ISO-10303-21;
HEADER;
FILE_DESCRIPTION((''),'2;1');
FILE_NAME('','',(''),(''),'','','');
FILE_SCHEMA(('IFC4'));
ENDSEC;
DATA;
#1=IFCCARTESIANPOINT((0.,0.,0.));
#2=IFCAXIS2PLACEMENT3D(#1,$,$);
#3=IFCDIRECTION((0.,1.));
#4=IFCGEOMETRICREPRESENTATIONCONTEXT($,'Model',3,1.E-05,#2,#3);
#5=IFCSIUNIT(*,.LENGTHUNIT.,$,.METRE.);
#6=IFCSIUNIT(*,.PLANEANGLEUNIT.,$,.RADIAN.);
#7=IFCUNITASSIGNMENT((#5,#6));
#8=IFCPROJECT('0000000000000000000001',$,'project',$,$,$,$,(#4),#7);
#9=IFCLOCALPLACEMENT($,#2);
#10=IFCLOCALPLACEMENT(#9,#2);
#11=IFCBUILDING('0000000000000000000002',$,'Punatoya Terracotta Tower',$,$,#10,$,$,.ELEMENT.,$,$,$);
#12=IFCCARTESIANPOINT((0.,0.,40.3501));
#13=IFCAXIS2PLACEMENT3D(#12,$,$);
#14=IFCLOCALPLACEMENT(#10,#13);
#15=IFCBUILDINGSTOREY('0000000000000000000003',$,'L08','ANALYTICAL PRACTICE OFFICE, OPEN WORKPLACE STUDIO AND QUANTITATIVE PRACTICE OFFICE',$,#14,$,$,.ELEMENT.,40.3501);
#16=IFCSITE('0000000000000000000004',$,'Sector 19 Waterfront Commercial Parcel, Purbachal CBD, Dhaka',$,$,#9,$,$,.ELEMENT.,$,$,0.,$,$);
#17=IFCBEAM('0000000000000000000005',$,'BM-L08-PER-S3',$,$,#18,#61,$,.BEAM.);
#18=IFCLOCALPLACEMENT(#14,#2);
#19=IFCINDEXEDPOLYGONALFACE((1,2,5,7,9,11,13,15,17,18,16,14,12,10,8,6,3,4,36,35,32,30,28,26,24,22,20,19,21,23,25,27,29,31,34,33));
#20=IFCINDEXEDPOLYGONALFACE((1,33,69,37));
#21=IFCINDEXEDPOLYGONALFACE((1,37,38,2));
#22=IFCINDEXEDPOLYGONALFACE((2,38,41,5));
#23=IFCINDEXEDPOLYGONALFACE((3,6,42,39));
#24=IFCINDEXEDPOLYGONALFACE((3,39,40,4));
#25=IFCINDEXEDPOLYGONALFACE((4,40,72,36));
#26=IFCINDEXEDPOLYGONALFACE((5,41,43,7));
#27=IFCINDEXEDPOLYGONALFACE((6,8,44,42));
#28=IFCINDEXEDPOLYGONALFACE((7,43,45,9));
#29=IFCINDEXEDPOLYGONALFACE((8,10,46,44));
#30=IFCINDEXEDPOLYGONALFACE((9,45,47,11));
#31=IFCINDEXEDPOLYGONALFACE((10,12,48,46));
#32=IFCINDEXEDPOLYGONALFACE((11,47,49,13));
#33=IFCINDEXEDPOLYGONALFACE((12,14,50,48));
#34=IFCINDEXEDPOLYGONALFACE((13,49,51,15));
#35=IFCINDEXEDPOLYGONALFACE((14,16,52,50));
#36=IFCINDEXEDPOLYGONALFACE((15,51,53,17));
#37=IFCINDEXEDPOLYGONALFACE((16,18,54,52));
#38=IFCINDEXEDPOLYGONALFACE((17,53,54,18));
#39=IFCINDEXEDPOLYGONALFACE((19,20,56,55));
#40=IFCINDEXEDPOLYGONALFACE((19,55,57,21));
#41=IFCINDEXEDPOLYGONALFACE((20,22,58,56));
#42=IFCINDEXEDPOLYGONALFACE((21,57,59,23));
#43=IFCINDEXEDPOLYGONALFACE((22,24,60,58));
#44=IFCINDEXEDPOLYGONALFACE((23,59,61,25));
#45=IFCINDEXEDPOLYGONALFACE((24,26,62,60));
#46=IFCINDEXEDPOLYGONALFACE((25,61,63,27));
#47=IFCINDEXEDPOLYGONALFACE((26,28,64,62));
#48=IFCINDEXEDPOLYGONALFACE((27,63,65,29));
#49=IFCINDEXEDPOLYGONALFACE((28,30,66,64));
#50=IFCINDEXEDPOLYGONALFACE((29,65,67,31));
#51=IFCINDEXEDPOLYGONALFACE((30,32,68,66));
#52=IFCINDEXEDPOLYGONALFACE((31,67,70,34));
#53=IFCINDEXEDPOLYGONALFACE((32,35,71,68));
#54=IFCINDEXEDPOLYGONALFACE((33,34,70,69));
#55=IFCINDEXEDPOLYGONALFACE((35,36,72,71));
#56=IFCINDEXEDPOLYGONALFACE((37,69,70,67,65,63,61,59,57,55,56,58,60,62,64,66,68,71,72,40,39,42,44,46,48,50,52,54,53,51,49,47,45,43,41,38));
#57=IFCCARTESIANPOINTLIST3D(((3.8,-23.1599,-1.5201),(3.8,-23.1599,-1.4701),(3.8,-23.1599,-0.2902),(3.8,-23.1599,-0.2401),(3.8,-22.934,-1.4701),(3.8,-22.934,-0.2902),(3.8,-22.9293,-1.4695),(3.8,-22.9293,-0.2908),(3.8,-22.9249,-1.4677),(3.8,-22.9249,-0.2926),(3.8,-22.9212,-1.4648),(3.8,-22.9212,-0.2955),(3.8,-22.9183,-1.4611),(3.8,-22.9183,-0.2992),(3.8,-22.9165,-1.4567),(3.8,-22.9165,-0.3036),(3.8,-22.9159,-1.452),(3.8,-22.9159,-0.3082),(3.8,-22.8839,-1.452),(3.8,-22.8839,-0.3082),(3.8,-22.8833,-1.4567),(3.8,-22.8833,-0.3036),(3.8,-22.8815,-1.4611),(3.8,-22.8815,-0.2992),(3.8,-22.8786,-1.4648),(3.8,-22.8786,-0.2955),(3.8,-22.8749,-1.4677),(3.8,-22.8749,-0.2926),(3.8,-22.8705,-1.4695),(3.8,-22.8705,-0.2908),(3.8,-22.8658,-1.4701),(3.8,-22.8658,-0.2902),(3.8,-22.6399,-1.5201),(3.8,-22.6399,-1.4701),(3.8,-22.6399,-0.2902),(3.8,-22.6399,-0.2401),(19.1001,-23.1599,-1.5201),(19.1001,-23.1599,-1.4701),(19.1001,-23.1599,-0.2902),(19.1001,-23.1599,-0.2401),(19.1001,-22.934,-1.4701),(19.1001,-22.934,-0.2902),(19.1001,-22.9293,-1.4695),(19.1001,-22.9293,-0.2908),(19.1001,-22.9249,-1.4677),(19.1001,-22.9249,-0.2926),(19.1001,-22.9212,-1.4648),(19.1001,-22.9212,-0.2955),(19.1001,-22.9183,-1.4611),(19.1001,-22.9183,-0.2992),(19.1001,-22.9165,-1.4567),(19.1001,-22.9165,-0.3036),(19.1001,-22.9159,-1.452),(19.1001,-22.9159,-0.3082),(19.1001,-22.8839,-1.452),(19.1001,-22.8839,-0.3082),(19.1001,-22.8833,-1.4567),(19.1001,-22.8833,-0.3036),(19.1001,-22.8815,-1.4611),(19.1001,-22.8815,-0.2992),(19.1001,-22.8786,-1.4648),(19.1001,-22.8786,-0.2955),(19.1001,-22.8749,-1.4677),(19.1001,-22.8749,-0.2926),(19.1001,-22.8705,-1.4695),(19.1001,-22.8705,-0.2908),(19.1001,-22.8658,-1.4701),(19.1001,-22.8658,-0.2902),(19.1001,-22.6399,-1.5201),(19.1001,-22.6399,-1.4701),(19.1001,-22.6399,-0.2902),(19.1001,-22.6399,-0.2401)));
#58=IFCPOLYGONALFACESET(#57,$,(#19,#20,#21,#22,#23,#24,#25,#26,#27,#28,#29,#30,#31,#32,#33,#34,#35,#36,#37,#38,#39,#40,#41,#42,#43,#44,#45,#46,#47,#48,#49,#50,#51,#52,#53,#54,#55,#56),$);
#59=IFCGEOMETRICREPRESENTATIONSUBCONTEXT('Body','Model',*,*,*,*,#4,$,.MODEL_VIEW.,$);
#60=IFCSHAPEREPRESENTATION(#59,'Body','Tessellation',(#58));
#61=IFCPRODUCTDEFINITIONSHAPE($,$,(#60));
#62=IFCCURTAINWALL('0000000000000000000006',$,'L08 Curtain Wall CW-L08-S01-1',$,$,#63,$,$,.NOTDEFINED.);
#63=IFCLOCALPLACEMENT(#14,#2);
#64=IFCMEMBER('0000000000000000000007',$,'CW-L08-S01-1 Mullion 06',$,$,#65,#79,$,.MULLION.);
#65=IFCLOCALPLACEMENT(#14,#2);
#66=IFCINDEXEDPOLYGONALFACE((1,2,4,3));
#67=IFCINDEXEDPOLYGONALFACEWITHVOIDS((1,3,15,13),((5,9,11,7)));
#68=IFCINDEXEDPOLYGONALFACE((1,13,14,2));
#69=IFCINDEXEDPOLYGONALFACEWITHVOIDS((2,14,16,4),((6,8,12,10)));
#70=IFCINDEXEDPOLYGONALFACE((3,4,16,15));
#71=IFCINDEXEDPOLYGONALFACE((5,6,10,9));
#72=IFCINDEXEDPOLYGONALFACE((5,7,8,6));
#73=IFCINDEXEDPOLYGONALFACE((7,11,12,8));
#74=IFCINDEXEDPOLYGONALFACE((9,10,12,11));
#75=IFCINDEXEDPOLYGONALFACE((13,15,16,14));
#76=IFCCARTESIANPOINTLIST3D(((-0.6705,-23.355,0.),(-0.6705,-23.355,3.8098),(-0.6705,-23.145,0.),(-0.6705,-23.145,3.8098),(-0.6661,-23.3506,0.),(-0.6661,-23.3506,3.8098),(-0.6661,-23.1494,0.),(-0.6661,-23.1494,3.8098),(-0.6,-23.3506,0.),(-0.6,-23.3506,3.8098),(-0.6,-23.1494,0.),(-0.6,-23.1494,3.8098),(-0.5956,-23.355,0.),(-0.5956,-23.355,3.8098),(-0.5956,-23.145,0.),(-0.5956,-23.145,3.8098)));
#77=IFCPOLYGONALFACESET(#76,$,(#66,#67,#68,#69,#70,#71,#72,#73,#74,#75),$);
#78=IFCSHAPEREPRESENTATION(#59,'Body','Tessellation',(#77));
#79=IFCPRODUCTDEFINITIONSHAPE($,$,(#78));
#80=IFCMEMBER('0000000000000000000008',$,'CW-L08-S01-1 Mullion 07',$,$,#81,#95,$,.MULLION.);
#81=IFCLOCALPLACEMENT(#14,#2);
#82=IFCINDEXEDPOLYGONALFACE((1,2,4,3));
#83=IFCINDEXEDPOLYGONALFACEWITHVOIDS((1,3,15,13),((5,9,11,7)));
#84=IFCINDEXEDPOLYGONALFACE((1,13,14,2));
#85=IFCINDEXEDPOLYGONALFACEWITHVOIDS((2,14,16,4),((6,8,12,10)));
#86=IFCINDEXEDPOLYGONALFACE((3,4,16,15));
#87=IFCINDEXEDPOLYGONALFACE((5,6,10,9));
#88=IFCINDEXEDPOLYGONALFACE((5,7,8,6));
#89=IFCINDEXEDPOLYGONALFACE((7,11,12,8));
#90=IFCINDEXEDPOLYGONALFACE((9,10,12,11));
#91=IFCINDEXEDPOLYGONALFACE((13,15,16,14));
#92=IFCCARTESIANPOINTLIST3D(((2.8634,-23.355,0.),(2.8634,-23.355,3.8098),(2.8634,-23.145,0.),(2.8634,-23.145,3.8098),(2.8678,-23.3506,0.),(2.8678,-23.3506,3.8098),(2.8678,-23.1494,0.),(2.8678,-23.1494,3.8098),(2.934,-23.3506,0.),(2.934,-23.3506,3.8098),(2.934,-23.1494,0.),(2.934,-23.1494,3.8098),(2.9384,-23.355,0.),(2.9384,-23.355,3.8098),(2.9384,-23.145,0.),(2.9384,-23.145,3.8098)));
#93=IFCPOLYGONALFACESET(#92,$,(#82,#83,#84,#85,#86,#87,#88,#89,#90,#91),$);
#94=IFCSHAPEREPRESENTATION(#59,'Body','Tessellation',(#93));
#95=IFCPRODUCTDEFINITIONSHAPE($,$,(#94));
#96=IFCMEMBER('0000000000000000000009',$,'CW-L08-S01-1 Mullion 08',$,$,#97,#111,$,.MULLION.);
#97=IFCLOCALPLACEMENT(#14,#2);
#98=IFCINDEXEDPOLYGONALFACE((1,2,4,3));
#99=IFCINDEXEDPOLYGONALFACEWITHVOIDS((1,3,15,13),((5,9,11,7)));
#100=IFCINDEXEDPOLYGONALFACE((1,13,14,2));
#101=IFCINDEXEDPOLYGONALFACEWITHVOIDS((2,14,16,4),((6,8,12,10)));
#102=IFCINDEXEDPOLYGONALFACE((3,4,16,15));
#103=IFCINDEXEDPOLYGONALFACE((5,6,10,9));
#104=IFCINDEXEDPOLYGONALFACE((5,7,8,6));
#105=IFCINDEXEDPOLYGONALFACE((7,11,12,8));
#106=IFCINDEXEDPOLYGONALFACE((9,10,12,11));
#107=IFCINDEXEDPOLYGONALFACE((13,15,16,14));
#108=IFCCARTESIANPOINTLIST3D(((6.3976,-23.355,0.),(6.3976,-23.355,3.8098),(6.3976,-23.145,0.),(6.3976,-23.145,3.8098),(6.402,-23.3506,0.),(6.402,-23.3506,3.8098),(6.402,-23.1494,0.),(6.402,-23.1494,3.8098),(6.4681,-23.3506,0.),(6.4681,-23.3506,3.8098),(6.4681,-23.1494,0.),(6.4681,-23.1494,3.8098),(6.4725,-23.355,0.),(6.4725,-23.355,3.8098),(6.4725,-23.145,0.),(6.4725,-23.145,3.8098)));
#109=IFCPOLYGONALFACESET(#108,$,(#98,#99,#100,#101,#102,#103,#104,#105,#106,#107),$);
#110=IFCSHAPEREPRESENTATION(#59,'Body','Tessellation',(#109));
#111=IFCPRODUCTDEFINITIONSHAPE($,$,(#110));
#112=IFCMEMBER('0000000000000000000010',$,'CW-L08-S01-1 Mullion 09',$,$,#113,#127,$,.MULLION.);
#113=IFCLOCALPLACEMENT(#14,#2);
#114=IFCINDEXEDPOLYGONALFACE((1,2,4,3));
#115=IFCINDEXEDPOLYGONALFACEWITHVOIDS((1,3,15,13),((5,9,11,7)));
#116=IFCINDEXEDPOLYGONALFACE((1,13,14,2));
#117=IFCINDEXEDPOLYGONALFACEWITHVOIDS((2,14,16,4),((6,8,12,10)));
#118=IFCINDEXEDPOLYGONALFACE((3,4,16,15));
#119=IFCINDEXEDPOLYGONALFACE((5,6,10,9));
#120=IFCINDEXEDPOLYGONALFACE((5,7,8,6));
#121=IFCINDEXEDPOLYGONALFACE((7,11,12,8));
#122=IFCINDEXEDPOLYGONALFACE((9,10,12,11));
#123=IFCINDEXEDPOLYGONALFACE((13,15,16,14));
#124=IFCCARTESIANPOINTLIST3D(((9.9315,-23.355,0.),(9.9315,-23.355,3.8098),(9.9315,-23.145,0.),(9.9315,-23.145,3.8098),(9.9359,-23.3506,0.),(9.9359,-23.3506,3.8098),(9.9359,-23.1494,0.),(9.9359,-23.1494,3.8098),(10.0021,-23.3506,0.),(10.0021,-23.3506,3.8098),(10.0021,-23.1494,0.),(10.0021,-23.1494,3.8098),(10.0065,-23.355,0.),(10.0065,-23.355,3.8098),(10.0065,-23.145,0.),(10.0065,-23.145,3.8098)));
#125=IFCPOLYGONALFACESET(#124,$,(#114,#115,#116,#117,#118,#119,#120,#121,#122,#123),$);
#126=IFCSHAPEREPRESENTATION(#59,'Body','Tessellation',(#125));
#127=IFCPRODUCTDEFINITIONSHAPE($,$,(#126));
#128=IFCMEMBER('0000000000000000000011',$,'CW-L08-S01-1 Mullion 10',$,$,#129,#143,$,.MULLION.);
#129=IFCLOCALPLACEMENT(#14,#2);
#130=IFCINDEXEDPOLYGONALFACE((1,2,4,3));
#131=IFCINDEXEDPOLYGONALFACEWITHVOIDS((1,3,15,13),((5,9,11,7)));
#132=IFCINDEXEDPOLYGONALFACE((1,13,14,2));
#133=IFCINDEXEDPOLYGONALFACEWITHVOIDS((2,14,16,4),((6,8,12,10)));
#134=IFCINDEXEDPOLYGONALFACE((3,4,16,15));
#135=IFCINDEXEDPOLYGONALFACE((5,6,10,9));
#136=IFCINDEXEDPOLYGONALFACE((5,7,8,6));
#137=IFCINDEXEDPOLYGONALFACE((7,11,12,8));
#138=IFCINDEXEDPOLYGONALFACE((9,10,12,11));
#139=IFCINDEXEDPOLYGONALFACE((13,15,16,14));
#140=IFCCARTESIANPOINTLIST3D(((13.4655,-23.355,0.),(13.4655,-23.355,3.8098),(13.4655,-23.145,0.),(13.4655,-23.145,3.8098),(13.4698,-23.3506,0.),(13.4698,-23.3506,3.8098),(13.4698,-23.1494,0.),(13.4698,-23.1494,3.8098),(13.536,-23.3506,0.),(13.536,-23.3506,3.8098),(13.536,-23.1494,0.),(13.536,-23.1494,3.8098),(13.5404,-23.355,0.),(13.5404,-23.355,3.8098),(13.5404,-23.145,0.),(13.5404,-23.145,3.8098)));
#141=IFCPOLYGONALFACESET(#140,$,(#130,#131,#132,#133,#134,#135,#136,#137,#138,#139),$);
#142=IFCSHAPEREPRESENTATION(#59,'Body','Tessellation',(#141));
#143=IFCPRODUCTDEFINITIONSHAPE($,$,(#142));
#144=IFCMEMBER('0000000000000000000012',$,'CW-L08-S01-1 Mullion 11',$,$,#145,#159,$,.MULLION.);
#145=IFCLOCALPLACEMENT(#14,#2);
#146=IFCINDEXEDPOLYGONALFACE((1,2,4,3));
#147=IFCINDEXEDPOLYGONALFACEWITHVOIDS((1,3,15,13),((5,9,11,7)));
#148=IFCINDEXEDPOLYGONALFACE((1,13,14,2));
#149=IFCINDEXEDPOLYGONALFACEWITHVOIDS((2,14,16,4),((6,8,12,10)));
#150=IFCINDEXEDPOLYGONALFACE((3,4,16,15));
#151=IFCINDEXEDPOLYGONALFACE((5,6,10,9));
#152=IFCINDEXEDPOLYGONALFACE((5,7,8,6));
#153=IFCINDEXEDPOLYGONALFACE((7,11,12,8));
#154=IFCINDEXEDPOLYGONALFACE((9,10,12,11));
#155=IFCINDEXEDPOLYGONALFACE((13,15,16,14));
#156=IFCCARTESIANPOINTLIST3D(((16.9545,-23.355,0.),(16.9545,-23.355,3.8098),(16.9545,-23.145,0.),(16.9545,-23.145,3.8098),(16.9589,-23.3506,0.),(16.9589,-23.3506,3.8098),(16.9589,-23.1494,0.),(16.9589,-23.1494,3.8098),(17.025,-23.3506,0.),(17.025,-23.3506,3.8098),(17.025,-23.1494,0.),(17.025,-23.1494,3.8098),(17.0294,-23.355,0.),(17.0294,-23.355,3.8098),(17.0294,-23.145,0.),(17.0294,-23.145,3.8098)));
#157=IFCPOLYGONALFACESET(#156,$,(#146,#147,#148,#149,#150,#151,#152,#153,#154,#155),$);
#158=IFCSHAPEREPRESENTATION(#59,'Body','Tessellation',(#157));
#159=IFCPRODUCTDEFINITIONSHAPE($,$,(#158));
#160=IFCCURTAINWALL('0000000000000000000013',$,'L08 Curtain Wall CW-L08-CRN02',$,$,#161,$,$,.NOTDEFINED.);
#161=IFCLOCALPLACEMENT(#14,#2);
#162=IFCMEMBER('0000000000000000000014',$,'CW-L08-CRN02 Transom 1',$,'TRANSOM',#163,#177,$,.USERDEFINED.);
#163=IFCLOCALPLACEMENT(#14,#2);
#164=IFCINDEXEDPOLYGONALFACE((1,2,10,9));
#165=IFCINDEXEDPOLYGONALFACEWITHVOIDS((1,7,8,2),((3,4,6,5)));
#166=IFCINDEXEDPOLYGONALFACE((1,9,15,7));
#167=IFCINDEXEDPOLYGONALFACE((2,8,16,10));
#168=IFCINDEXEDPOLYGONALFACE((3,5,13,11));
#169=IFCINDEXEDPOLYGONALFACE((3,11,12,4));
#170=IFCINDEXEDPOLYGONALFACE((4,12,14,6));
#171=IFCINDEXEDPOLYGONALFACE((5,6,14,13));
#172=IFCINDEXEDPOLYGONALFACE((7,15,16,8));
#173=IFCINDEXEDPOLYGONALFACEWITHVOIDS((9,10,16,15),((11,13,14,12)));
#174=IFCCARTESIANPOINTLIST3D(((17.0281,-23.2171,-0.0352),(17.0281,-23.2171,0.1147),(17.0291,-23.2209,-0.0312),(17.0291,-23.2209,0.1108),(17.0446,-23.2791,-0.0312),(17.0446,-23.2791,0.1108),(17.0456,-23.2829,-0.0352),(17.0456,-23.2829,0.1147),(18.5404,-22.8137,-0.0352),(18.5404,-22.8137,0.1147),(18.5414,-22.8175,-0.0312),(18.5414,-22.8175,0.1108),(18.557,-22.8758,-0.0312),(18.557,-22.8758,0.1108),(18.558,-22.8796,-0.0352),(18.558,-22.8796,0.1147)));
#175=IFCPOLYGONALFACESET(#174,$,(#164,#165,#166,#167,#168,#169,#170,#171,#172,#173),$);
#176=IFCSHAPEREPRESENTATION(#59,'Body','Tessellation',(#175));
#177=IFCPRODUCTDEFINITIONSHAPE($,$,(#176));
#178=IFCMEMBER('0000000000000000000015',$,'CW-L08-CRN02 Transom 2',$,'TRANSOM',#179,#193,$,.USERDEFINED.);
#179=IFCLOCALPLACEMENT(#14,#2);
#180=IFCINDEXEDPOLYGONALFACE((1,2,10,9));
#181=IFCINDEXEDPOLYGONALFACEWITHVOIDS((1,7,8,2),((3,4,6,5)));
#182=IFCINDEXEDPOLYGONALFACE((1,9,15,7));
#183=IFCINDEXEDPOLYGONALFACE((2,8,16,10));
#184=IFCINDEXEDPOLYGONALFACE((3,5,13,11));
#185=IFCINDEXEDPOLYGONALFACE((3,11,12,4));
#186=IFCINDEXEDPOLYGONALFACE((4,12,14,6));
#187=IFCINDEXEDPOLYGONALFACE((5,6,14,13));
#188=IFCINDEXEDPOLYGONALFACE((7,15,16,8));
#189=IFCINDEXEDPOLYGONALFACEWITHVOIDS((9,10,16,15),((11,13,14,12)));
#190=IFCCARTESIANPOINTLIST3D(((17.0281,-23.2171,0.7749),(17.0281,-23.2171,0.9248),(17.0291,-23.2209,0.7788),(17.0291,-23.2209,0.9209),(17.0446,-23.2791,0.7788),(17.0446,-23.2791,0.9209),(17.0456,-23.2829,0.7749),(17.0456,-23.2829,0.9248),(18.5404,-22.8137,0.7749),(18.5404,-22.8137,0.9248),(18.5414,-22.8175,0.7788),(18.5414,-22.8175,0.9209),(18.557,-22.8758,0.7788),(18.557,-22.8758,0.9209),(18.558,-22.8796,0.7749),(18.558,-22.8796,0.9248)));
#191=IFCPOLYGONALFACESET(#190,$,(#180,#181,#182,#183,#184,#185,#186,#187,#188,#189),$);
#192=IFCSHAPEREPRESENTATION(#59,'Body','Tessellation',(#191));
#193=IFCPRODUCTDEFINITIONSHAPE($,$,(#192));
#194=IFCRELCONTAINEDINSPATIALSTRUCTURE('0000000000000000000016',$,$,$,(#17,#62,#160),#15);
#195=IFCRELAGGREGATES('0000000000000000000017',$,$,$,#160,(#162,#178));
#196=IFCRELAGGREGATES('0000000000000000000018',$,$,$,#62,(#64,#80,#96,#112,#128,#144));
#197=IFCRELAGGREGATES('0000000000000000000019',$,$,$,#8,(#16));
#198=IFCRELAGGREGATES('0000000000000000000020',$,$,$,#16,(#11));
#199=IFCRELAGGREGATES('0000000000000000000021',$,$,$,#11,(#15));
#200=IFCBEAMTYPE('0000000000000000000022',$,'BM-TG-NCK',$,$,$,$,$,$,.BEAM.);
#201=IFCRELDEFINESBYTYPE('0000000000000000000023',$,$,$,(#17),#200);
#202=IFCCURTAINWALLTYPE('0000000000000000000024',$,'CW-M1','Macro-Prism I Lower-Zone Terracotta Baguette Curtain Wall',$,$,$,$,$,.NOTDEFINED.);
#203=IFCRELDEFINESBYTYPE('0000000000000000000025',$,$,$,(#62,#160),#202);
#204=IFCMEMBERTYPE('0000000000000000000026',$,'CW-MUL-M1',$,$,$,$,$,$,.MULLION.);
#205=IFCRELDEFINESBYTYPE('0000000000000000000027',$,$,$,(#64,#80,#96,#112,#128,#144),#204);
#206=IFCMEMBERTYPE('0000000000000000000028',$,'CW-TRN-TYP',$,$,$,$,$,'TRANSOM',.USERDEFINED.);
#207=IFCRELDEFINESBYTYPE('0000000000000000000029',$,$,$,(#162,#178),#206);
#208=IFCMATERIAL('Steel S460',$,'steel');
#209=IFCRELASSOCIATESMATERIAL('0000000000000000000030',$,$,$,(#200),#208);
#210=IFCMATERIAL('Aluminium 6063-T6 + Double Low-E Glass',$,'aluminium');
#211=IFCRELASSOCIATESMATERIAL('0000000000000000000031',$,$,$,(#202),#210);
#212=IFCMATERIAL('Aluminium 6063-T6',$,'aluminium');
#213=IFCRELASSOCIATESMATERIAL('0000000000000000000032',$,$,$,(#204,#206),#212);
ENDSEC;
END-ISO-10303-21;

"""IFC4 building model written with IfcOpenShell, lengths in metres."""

from ifc_helpers import new_model, si_unit, direction, frame, origin, origin_2d, place, context, subcontext, project, spatial, hollow_rectangle, i_section, extrude, material, material_profile, profile_set, type_object, element, aggregate, save


model = new_model("IFC4")

# Units and contexts
model_context = context("Model", 3, precision=1e-05, world=origin(), true_north=direction((0.0, 1.0)))
body_context = subcontext(model_context, "Body", "Model", "MODEL_VIEW")
ifc_project = project(units=[si_unit("LENGTHUNIT", "METRE"), si_unit("PLANEANGLEUNIT", "RADIAN")], contexts=[model_context])

# Site, building, storey
site_placement = place(None, origin())
site = spatial("IfcSite", under=ifc_project, at=site_placement, Name="Sector 19 Waterfront Commercial Parcel, Purbachal CBD, Dhaka", CompositionType="ELEMENT", RefElevation=0.0)
building_placement = place(site_placement, origin())
building = spatial("IfcBuilding", under=site, at=building_placement, Name="Punatoya Terracotta Tower", CompositionType="ELEMENT")
storey_placement = place(building_placement, frame((0.0, 0.0, 40.3501)))
storey = spatial("IfcBuildingStorey", under=building, at=storey_placement, Name="L08", Description="ANALYTICAL PRACTICE OFFICE, OPEN WORKPLACE STUDIO AND QUANTITATIVE PRACTICE OFFICE", CompositionType="ELEMENT", Elevation=40.3501)

# Shared definitions
ifc_material_1 = material(Name="Steel S460", Category="steel")

# Beam
ifc_material_profile_1 = material_profile(ifc_material_1, i_section(OverallWidth=0.52, OverallDepth=1.28, WebThickness=0.032, FlangeThickness=0.05, FilletRadius=0.0181, at=origin_2d()))
ifc_profile_set_1 = profile_set([ifc_material_profile_1], Name="Steel S460")
beam_type_1 = type_object("IfcBeamType", Name="BM-TG-NCK", PredefinedType="BEAM", material=ifc_profile_set_1)
beam_1_placement = place(storey_placement, frame((3.8, -22.8999, -0.8801), z_axis=(1.0, 0.0, 0.0), x_axis=(0.0, 1.0, 0.0)))
element("IfcBeam", 1, at=beam_1_placement, inside=storey, type_object=beam_type_1, Name="BM-L08-PER-S3", PredefinedType="BEAM", context=body_context, shape_type="SweptSolid", body=[
    extrude(i_section(OverallWidth=0.52, OverallDepth=1.28, WebThickness=0.032, FlangeThickness=0.05, FilletRadius=0.0181, at=origin_2d()), origin(), (0.0, 0.0, 1.0), 15.3),
])

# Curtain walls, members
ifc_material_2 = material(Name="Aluminium 6063-T6 + Double Low-E Glass", Category="aluminium")
curtain_wall_type = type_object("IfcCurtainWallType", Name="CW-M1", Description="Macro-Prism I Lower-Zone Terracotta Baguette Curtain Wall", PredefinedType="NOTDEFINED", material=ifc_material_2)
curtain_wall_1_placement = place(storey_placement, origin())
curtain_wall_1 = element("IfcCurtainWall", 2, at=curtain_wall_1_placement, inside=storey, type_object=curtain_wall_type, Name="L08 Curtain Wall CW-L08-S01-1", PredefinedType="NOTDEFINED")
ifc_material_3 = material(Name="Aluminium 6063-T6", Category="aluminium")
ifc_material_profile_2 = material_profile(ifc_material_3, hollow_rectangle(XDim=0.075, YDim=0.21, WallThickness=0.0044, at=origin_2d()))
ifc_profile_set_2 = profile_set([ifc_material_profile_2], Name="Aluminium 6063-T6")
member_type_1 = type_object("IfcMemberType", Name="CW-MUL-M1", PredefinedType="MULLION", material=ifc_profile_set_2)
member_1_placement = place(storey_placement, frame((-0.6331, -23.25, 0.0), z_axis=(0.0, 0.0, 1.0), x_axis=(1.0, 0.0, 0.0)))
member_1 = element("IfcMember", 3, at=member_1_placement, type_object=member_type_1, Name="CW-L08-S01-1 Mullion 06", PredefinedType="MULLION", context=body_context, shape_type="SweptSolid", body=[
    extrude(hollow_rectangle(XDim=0.075, YDim=0.21, WallThickness=0.0044, at=origin_2d()), origin(), (0.0, 0.0, 1.0), 3.8098),
])
member_2_placement = place(storey_placement, frame((2.9009, -23.25, 0.0), z_axis=(0.0, 0.0, 1.0), x_axis=(1.0, 0.0, 0.0)))
member_2 = element("IfcMember", 4, at=member_2_placement, type_object=member_type_1, Name="CW-L08-S01-1 Mullion 07", PredefinedType="MULLION", context=body_context, shape_type="SweptSolid", body=[
    extrude(hollow_rectangle(XDim=0.075, YDim=0.21, WallThickness=0.0044, at=origin_2d()), origin(), (0.0, 0.0, 1.0), 3.8098),
])
member_3_placement = place(storey_placement, frame((6.4351, -23.25, 0.0), z_axis=(0.0, 0.0, 1.0), x_axis=(1.0, 0.0, 0.0)))
member_3 = element("IfcMember", 5, at=member_3_placement, type_object=member_type_1, Name="CW-L08-S01-1 Mullion 08", PredefinedType="MULLION", context=body_context, shape_type="SweptSolid", body=[
    extrude(hollow_rectangle(XDim=0.075, YDim=0.21, WallThickness=0.0044, at=origin_2d()), origin(), (0.0, 0.0, 1.0), 3.8098),
])
member_4_placement = place(storey_placement, frame((9.969, -23.25, 0.0), z_axis=(0.0, 0.0, 1.0), x_axis=(1.0, 0.0, 0.0)))
member_4 = element("IfcMember", 6, at=member_4_placement, type_object=member_type_1, Name="CW-L08-S01-1 Mullion 09", PredefinedType="MULLION", context=body_context, shape_type="SweptSolid", body=[
    extrude(hollow_rectangle(XDim=0.075, YDim=0.21, WallThickness=0.0044, at=origin_2d()), origin(), (0.0, 0.0, 1.0), 3.8098),
])
member_5_placement = place(storey_placement, frame((13.5029, -23.25, 0.0), z_axis=(0.0, 0.0, 1.0), x_axis=(1.0, 0.0, 0.0)))
member_5 = element("IfcMember", 7, at=member_5_placement, type_object=member_type_1, Name="CW-L08-S01-1 Mullion 10", PredefinedType="MULLION", context=body_context, shape_type="SweptSolid", body=[
    extrude(hollow_rectangle(XDim=0.075, YDim=0.21, WallThickness=0.0044, at=origin_2d()), origin(), (0.0, 0.0, 1.0), 3.8098),
])
member_6_placement = place(storey_placement, frame((16.9919, -23.25, 0.0), z_axis=(0.0, 0.0, 1.0), x_axis=(1.0, 0.0, 0.0)))
member_6 = element("IfcMember", 8, at=member_6_placement, type_object=member_type_1, Name="CW-L08-S01-1 Mullion 11", PredefinedType="MULLION", context=body_context, shape_type="SweptSolid", body=[
    extrude(hollow_rectangle(XDim=0.075, YDim=0.21, WallThickness=0.0044, at=origin_2d()), origin(), (0.0, 0.0, 1.0), 3.8098),
])
curtain_wall_2_placement = place(storey_placement, origin())
curtain_wall_2 = element("IfcCurtainWall", 9, at=curtain_wall_2_placement, inside=storey, type_object=curtain_wall_type, Name="L08 Curtain Wall CW-L08-CRN02", PredefinedType="NOTDEFINED")
ifc_material_profile_3 = material_profile(ifc_material_3, hollow_rectangle(XDim=0.0681, YDim=0.1499, WallThickness=0.0039, at=origin_2d()))
ifc_profile_set_3 = profile_set([ifc_material_profile_3], Name="Aluminium 6063-T6")
member_type_2 = type_object("IfcMemberType", Name="CW-TRN-TYP", ElementType="TRANSOM", PredefinedType="USERDEFINED", material=ifc_profile_set_3)
member_7_placement = place(storey_placement, frame((17.0369, -23.25, 0.0398), z_axis=(0.966225, 0.257701, 0.0), x_axis=(-0.257701, 0.966225, 0.0)))
member_7 = element("IfcMember", 10, at=member_7_placement, type_object=member_type_2, Name="CW-L08-CRN02 Transom 1", ObjectType="TRANSOM", PredefinedType="USERDEFINED", context=body_context, shape_type="SweptSolid", body=[
    extrude(hollow_rectangle(XDim=0.0681, YDim=0.1499, WallThickness=0.0039, at=origin_2d()), origin(), (0.0, 0.0, 1.0), 1.5652),
])
member_8_placement = place(storey_placement, frame((17.0369, -23.25, 0.8499), z_axis=(0.966225, 0.257701, 0.0), x_axis=(-0.257701, 0.966225, 0.0)))
member_8 = element("IfcMember", 11, at=member_8_placement, type_object=member_type_2, Name="CW-L08-CRN02 Transom 2", ObjectType="TRANSOM", PredefinedType="USERDEFINED", context=body_context, shape_type="SweptSolid", body=[
    extrude(hollow_rectangle(XDim=0.0681, YDim=0.1499, WallThickness=0.0039, at=origin_2d()), origin(), (0.0, 0.0, 1.0), 1.5652),
])
aggregate(curtain_wall_2, [member_7, member_8])

aggregate(curtain_wall_1, [member_1, member_2, member_3, member_4, member_5, member_6])

save(model, "model.ifc")
